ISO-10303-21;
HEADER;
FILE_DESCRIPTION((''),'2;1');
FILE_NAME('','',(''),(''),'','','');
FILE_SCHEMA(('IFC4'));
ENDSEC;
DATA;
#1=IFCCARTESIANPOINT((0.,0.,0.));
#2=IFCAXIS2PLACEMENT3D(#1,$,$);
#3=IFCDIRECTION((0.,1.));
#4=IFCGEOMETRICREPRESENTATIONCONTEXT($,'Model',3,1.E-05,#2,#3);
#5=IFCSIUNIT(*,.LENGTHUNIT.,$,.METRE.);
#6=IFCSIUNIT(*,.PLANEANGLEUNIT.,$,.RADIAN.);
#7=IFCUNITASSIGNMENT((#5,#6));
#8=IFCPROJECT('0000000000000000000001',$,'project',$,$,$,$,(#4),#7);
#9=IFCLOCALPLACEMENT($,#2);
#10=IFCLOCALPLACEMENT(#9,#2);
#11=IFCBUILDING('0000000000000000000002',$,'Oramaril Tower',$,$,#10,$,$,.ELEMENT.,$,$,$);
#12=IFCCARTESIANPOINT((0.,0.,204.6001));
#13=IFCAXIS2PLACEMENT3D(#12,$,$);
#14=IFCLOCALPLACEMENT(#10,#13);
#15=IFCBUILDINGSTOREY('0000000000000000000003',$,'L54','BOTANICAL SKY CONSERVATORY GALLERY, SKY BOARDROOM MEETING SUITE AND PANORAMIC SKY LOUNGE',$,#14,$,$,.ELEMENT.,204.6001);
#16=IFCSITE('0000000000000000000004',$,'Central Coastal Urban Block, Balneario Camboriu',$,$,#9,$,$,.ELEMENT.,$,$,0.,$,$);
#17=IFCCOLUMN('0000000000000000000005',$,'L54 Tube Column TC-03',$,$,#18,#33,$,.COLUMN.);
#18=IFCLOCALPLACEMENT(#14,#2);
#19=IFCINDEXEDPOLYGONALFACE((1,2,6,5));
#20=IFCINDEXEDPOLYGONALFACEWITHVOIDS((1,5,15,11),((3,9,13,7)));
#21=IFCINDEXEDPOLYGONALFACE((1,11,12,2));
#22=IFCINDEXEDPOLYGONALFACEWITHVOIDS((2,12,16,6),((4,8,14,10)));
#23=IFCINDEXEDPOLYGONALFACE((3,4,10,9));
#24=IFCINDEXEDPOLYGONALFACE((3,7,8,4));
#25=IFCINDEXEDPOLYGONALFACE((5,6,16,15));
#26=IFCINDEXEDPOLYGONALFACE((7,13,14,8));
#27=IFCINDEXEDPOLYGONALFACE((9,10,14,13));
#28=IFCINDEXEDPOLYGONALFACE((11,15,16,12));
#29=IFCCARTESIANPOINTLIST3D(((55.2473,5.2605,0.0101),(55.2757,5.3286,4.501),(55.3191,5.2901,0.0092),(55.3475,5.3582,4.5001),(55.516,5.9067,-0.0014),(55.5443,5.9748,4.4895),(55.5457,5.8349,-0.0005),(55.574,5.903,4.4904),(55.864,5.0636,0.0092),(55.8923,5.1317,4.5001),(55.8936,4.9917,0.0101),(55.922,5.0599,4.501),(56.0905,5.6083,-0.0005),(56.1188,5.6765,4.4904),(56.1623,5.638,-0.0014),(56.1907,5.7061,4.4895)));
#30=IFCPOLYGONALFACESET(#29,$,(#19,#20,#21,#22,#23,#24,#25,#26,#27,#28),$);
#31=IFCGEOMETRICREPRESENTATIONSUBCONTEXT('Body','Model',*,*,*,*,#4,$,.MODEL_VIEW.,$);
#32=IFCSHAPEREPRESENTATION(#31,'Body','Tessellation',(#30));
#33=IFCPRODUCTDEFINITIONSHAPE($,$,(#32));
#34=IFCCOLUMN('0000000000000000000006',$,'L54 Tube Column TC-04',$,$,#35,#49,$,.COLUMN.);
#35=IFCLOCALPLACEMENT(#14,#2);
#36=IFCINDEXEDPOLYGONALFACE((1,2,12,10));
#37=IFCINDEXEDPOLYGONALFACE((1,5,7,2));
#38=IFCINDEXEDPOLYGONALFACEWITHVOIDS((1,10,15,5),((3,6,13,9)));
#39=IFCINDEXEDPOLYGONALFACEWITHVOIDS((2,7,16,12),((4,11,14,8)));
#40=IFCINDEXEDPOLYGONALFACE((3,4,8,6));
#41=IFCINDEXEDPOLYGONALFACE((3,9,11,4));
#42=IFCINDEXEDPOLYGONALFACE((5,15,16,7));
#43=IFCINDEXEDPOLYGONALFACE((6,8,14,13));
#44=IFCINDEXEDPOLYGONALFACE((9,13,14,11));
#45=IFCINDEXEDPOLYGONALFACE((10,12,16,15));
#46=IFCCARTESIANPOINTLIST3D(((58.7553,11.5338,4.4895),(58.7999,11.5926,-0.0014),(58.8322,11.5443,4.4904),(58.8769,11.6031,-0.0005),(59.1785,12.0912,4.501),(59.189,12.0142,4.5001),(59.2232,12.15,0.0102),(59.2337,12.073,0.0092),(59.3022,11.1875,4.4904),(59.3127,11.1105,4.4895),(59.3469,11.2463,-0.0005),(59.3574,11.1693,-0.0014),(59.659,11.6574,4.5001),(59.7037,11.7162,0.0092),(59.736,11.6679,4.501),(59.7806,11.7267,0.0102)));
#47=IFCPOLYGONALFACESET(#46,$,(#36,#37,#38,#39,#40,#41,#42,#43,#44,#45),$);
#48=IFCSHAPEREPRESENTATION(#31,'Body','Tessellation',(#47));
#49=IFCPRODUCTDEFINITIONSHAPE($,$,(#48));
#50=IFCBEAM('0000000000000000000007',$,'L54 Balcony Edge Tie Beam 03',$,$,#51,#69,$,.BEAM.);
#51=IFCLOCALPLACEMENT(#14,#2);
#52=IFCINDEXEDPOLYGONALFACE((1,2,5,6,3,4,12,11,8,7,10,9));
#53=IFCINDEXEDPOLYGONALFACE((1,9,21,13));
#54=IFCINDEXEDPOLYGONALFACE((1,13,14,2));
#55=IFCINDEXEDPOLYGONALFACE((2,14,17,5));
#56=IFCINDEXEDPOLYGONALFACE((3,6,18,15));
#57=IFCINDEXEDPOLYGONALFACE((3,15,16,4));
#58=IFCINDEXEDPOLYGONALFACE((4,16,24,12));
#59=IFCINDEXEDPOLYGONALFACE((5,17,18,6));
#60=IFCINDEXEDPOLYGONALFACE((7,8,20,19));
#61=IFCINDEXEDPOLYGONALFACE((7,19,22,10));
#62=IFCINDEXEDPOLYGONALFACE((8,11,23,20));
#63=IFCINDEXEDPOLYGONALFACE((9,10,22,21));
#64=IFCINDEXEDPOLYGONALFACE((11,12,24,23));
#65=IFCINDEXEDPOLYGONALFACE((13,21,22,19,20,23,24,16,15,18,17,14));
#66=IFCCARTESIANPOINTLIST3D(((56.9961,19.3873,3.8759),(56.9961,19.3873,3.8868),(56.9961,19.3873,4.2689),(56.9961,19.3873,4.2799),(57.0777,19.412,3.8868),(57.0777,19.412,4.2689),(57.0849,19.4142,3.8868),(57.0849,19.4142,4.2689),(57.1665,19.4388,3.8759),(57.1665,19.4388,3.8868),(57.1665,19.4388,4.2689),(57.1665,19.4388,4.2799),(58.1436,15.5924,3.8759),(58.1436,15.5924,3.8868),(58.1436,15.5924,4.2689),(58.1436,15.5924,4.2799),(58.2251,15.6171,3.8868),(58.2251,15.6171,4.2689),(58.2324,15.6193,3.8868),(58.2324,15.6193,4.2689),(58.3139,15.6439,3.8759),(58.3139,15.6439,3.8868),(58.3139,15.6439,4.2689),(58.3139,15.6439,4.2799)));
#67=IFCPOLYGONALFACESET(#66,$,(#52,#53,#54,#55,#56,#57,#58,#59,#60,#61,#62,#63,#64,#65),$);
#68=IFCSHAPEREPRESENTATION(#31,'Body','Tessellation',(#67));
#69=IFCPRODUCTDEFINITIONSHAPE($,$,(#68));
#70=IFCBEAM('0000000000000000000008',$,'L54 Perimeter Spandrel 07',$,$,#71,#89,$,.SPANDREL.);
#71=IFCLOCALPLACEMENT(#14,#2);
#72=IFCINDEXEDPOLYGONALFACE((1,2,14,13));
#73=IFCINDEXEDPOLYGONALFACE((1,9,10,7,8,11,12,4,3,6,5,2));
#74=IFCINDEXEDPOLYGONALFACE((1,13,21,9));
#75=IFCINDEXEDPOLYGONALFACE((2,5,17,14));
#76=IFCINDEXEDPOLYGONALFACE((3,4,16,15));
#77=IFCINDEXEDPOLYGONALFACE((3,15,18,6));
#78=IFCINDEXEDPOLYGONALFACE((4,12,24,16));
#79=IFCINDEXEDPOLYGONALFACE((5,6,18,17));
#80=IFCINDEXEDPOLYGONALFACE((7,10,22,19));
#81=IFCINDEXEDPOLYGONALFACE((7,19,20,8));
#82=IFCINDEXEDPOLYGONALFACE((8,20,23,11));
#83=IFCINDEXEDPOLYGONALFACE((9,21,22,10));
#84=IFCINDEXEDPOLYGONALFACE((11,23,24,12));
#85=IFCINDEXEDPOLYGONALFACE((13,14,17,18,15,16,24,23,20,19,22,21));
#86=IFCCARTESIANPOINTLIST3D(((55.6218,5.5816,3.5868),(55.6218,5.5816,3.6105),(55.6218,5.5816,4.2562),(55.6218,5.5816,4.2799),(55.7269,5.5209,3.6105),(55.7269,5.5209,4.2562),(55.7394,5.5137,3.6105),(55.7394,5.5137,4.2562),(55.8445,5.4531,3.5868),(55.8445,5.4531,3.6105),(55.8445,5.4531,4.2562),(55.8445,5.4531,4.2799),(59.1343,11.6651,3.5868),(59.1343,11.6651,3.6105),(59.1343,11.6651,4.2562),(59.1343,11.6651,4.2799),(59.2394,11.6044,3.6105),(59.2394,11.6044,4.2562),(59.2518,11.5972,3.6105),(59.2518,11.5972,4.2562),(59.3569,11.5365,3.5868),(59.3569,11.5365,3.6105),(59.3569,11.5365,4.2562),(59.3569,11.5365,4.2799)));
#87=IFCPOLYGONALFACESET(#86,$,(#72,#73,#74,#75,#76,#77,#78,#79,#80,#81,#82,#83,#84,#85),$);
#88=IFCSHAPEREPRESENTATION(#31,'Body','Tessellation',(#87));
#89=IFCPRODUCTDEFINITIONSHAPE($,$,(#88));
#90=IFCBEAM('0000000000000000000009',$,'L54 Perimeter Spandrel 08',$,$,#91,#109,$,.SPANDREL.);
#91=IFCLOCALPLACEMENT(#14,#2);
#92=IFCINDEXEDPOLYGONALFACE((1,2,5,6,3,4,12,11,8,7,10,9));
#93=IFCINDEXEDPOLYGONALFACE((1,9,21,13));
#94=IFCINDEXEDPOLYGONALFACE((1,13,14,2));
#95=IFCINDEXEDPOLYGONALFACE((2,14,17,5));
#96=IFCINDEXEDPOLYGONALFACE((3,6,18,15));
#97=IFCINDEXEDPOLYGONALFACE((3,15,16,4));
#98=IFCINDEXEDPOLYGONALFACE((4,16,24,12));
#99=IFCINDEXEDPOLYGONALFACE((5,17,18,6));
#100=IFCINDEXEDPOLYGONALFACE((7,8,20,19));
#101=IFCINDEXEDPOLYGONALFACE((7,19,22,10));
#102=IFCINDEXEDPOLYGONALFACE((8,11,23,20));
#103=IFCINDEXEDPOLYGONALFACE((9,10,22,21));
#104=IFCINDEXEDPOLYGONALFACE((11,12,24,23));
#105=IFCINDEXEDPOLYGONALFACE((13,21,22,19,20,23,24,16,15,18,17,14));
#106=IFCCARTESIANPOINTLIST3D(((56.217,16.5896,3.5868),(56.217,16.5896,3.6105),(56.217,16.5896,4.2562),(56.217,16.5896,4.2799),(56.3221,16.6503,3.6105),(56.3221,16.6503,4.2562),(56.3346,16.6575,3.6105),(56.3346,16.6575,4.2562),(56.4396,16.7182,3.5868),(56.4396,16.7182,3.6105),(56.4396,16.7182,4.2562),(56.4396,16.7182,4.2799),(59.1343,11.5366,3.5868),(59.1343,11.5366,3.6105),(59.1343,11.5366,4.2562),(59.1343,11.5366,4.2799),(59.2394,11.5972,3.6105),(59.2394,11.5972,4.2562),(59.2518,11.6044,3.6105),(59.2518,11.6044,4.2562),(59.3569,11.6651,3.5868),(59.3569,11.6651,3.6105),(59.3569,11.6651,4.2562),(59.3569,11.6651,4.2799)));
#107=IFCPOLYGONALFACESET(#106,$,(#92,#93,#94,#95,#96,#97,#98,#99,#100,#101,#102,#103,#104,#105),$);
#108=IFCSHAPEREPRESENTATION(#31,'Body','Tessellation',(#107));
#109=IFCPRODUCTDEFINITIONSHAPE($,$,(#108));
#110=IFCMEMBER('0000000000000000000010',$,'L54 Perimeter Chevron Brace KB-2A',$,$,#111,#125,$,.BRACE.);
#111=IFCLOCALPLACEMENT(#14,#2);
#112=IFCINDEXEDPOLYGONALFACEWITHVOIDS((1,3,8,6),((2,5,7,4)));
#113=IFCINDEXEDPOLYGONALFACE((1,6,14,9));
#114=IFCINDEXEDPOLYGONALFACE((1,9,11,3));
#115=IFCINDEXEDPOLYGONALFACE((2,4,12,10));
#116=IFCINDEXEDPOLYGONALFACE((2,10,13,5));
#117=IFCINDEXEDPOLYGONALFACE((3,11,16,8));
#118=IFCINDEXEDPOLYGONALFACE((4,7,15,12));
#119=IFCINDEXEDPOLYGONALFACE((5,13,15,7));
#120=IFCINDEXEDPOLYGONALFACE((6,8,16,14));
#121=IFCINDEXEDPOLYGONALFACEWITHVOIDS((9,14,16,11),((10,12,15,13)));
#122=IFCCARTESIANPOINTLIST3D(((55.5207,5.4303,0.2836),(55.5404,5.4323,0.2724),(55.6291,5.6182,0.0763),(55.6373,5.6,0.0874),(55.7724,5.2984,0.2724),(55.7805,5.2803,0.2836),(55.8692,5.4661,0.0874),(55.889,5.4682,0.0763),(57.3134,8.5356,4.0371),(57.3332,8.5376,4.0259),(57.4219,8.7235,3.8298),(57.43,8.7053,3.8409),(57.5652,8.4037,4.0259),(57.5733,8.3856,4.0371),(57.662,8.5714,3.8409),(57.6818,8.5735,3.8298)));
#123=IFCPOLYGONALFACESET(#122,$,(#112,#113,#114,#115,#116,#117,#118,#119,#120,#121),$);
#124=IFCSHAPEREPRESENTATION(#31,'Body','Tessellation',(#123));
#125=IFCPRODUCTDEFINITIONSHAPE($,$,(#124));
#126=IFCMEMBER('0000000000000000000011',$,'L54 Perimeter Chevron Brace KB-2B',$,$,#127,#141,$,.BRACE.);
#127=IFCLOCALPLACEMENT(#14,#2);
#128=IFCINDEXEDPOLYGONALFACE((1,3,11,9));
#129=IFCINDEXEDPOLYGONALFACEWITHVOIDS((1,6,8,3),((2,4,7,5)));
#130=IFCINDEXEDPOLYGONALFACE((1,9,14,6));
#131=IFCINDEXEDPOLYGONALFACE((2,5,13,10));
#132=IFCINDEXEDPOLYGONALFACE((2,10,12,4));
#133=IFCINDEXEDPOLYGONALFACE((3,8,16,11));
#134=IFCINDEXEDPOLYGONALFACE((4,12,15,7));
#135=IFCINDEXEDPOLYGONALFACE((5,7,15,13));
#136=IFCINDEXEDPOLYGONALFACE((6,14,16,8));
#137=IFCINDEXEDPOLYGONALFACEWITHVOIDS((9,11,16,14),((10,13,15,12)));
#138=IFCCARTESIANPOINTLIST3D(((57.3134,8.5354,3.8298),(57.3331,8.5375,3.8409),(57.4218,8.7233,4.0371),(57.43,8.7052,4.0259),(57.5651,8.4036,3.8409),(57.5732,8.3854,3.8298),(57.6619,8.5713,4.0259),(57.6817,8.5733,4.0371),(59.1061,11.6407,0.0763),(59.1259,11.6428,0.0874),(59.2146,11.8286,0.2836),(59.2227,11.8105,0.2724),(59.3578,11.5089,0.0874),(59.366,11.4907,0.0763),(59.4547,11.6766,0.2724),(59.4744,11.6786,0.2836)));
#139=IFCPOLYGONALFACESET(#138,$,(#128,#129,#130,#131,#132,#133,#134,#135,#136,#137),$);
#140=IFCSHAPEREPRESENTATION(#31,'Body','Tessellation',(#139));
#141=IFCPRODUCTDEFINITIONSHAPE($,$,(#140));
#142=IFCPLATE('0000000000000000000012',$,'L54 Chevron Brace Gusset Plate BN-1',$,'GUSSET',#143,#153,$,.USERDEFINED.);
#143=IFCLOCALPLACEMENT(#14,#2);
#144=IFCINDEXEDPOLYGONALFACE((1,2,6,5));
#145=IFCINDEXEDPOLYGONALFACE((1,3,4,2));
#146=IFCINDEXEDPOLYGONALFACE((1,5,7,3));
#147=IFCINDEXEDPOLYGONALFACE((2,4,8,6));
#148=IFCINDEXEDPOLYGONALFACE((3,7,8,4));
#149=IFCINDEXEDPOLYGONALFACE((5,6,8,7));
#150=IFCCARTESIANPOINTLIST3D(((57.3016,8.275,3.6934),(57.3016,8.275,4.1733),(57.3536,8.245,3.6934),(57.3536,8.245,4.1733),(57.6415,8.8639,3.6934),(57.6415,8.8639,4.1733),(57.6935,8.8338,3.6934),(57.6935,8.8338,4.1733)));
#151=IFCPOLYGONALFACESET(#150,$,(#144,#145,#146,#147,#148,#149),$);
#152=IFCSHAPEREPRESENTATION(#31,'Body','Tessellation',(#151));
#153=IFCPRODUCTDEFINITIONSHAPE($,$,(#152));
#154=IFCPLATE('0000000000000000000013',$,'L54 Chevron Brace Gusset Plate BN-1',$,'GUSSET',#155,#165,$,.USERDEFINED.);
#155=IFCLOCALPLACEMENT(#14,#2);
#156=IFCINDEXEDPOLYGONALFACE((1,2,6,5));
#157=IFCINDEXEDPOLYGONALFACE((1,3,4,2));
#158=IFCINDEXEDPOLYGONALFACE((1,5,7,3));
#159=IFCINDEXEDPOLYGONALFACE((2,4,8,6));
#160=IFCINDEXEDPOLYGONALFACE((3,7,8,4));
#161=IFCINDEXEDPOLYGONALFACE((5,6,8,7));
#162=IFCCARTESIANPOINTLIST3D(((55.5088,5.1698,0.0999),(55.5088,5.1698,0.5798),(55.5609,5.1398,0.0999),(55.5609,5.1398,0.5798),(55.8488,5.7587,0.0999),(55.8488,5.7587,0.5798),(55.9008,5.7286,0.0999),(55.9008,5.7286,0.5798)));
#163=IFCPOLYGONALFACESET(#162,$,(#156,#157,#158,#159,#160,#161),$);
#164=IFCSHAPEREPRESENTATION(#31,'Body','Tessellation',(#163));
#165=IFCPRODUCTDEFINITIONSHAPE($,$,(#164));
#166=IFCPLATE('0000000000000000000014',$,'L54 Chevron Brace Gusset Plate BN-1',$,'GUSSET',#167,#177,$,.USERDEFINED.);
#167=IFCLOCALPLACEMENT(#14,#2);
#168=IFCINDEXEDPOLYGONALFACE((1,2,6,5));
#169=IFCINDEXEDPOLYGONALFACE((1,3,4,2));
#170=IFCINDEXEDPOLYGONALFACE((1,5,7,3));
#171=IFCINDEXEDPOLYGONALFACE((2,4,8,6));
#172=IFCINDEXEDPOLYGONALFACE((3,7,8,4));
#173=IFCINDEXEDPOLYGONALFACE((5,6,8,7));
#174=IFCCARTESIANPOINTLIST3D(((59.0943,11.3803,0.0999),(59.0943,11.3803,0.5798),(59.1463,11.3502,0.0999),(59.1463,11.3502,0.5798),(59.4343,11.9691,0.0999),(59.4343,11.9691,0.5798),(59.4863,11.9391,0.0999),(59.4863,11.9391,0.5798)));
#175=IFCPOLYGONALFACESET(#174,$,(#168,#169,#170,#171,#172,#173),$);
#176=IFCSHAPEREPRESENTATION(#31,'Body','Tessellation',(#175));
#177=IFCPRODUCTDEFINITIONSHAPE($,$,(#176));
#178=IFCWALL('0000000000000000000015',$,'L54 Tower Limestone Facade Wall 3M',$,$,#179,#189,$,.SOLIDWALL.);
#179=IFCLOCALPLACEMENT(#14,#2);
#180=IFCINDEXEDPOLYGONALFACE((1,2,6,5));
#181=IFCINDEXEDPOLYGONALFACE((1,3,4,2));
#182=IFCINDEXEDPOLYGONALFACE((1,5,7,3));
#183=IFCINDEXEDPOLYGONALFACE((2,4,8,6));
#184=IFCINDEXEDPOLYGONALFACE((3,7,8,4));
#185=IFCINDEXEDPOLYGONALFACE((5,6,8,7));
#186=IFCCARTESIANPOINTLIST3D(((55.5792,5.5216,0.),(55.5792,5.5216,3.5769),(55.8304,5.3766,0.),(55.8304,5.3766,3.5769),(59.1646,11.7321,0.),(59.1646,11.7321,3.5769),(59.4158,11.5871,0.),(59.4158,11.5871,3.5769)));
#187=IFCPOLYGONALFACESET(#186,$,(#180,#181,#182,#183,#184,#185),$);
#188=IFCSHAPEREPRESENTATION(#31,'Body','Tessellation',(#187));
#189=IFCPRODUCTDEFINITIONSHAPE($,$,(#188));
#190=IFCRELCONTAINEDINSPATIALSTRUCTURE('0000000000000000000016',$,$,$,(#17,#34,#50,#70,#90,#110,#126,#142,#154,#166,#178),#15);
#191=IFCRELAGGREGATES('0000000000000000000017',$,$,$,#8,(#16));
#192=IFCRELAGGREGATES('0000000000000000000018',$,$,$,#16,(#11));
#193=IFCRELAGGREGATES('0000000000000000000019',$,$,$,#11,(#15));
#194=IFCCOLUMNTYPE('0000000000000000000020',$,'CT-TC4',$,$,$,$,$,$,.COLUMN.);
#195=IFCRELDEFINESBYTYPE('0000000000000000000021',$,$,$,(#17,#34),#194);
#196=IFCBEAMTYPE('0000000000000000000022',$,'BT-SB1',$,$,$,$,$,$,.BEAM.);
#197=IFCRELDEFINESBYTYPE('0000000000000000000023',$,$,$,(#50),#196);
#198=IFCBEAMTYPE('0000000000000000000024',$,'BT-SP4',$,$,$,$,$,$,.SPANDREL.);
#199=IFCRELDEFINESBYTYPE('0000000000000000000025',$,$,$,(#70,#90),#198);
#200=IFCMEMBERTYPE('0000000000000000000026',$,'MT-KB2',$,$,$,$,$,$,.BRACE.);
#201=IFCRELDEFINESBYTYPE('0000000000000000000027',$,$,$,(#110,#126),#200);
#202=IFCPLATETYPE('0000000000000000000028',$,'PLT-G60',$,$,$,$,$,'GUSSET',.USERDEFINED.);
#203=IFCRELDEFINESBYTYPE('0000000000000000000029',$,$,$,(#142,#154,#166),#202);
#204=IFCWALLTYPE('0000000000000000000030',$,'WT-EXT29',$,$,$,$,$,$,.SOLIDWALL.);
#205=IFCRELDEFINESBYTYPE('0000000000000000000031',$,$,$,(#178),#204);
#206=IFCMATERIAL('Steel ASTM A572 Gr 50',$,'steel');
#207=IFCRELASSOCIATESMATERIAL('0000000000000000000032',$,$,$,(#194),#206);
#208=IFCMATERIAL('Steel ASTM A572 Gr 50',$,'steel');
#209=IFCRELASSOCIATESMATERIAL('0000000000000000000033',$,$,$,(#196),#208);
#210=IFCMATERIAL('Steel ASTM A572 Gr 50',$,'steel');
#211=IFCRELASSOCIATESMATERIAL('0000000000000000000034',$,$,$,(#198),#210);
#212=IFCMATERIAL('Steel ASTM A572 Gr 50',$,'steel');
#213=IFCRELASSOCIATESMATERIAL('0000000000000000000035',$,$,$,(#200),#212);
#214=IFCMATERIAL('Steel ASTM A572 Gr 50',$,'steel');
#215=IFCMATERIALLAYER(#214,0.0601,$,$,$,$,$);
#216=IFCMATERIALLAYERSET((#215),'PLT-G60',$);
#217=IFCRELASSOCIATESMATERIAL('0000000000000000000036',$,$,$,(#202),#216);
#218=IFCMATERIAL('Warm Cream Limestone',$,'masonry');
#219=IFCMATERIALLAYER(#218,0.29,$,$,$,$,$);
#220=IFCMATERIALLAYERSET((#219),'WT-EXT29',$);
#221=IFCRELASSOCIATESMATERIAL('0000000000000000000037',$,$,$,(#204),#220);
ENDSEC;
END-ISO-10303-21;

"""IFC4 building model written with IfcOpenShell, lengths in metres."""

from ifc_helpers import new_model, si_unit, direction, frame, frame_2d, origin, origin_2d, place, context, subcontext, project, spatial, rectangle, hollow_rectangle, i_section, extrude, material, layer, layer_set, material_profile, profile_set, type_object, element, save


model = new_model("IFC4")

# Units and contexts
model_context = context("Model", 3, precision=1e-05, world=origin(), true_north=direction((0.0, 1.0)))
body_context = subcontext(model_context, "Body", "Model", "MODEL_VIEW")
ifc_project = project(units=[si_unit("LENGTHUNIT", "METRE"), si_unit("PLANEANGLEUNIT", "RADIAN")], contexts=[model_context])

# Site, building, storey
site_placement = place(None, origin())
site = spatial("IfcSite", under=ifc_project, at=site_placement, Name="Central Coastal Urban Block, Balneario Camboriu", CompositionType="ELEMENT", RefElevation=0.0)
building_placement = place(site_placement, origin())
building = spatial("IfcBuilding", under=site, at=building_placement, Name="Oramaril Tower", CompositionType="ELEMENT")
storey_placement = place(building_placement, frame((0.0, 0.0, 204.6001)))
storey = spatial("IfcBuildingStorey", under=building, at=storey_placement, Name="L54", Description="BOTANICAL SKY CONSERVATORY GALLERY, SKY BOARDROOM MEETING SUITE AND PANORAMIC SKY LOUNGE", CompositionType="ELEMENT", Elevation=204.6001)

# Columns
ifc_material_1 = material(Name="Steel ASTM A572 Gr 50", Category="steel")
ifc_material_profile_1 = material_profile(ifc_material_1, hollow_rectangle(XDim=0.7, YDim=0.7, WallThickness=0.0549, at=origin_2d()), Name="BOX700X700X55")
ifc_profile_set_1 = profile_set([ifc_material_profile_1], Name="Steel ASTM A572 Gr 50")
column_type = type_object("IfcColumnType", Name="CT-TC4", PredefinedType="COLUMN", material=ifc_profile_set_1)
for number, where, z_axis, x_axis, name in (
    (1, (55.7048, 5.4492, 0.0044), (0.006305, 0.015165, 0.999865), (-0.92337, 0.38391, 0.0), "L54 Tube Column TC-03"),
    (2, (59.2903, 11.6597, 0.0044), (-0.009947, -0.0131, 0.999865), (0.796417, -0.604748, 0.0), "L54 Tube Column TC-04"),
):
    element("IfcColumn", number, at=place(storey_placement, frame(where, z_axis=z_axis, x_axis=x_axis)), inside=storey, type_object=column_type, Name=name, PredefinedType="COLUMN", context=body_context, shape_type="SweptSolid", body=[
        extrude(hollow_rectangle(XDim=0.7, YDim=0.7, WallThickness=0.0549, at=origin_2d()), origin(), (0.0, 0.0, 1.0), 4.4915),
    ])

# Beams
ifc_material_2 = material(Name="Steel ASTM A572 Gr 50", Category="steel")
ifc_material_profile_2 = material_profile(ifc_material_2, i_section(OverallWidth=0.178, OverallDepth=0.4041, WebThickness=0.0076, FlangeThickness=0.011, at=origin_2d()), Name="W16X36")
ifc_profile_set_2 = profile_set([ifc_material_profile_2], Name="Steel ASTM A572 Gr 50")
beam_type_1 = type_object("IfcBeamType", Name="BT-SB1", PredefinedType="BEAM", material=ifc_profile_set_2)
beam_1_placement = place(storey_placement, frame((58.2288, 15.6182, 4.0779), z_axis=(-0.289426, 0.9572, 0.0), x_axis=(-0.9572, -0.289426, 0.0)))
element("IfcBeam", 3, at=beam_1_placement, inside=storey, type_object=beam_type_1, Name="L54 Balcony Edge Tie Beam 03", PredefinedType="BEAM", context=body_context, shape_type="SweptSolid", body=[
    extrude(i_section(OverallWidth=0.178, OverallDepth=0.4041, WebThickness=0.0076, FlangeThickness=0.011, at=origin_2d()), origin(), (0.0, 0.0, 1.0), 3.9646),
])
ifc_material_3 = material(Name="Steel ASTM A572 Gr 50", Category="steel")
ifc_material_profile_3 = material_profile(ifc_material_3, i_section(OverallWidth=0.2571, OverallDepth=0.6931, WebThickness=0.0144, FlangeThickness=0.0237, at=origin_2d()), Name="W27X114")
ifc_profile_set_3 = profile_set([ifc_material_profile_3], Name="Steel ASTM A572 Gr 50")
beam_type_2 = type_object("IfcBeamType", Name="BT-SP4", PredefinedType="SPANDREL", material=ifc_profile_set_3)
beam_2_placement = place(storey_placement, frame((55.7332, 5.5173, 3.9333), z_axis=(0.500015, 0.866017, 0.0), x_axis=(-0.866017, 0.500015, 0.0)))
element("IfcBeam", 4, at=beam_2_placement, inside=storey, type_object=beam_type_2, Name="L54 Perimeter Spandrel 07", PredefinedType="SPANDREL", context=body_context, shape_type="SweptSolid", body=[
    extrude(i_section(OverallWidth=0.2571, OverallDepth=0.6931, WebThickness=0.0144, FlangeThickness=0.0237, at=origin_2d()), origin(), (0.0, 0.0, 1.0), 7.0247),
])
beam_3_placement = place(storey_placement, frame((59.2456, 11.6008, 3.9333), z_axis=(-0.499987, 0.866033, 0.0), x_axis=(-0.866033, -0.499987, 0.0)))
element("IfcBeam", 5, at=beam_3_placement, inside=storey, type_object=beam_type_2, Name="L54 Perimeter Spandrel 08", PredefinedType="SPANDREL", context=body_context, shape_type="SweptSolid", body=[
    extrude(i_section(OverallWidth=0.2571, OverallDepth=0.6931, WebThickness=0.0144, FlangeThickness=0.0237, at=origin_2d()), origin(), (0.0, 0.0, 1.0), 5.8347),
])

# Members
ifc_material_4 = material(Name="Steel ASTM A572 Gr 50", Category="steel")
ifc_material_profile_4 = material_profile(ifc_material_4, hollow_rectangle(XDim=0.3, YDim=0.3, WallThickness=0.0161, at=origin_2d()), Name="HSS300X300X16")
ifc_profile_set_4 = profile_set([ifc_material_profile_4], Name="Steel ASTM A572 Gr 50")
member_type = type_object("IfcMemberType", Name="MT-KB2", PredefinedType="BRACE", material=ifc_profile_set_4)
for number, where, z_axis, x_axis, name in (
    (6, (55.7048, 5.4492, 0.1799), (0.345366, 0.598217, 0.72309), (-0.866035, 0.499984, 0.0), "L54 Perimeter Chevron Brace KB-2A"),
    (7, (59.2903, 11.6597, 0.1799), (-0.345366, -0.598217, 0.72309), (0.866035, -0.499984, 0.0), "L54 Perimeter Chevron Brace KB-2B"),
):
    element("IfcMember", number, at=place(storey_placement, frame(where, z_axis=z_axis, x_axis=x_axis)), inside=storey, type_object=member_type, Name=name, PredefinedType="BRACE", context=body_context, shape_type="SweptSolid", body=[
        extrude(hollow_rectangle(XDim=0.3, YDim=0.3, WallThickness=0.0161, at=origin_2d()), origin(), (0.0, 0.0, 1.0), 5.1909),
    ])

# Plates
ifc_material_5 = material(Name="Steel ASTM A572 Gr 50", Category="steel")
ifc_layer_1 = layer(ifc_material_5, 0.0601)
ifc_layer_set_1 = layer_set([ifc_layer_1], Name="PLT-G60")
plate_type = type_object("IfcPlateType", Name="PLT-G60", ElementType="GUSSET", PredefinedType="USERDEFINED", material=ifc_layer_set_1)
for number, where, z_axis, x_axis, name in (
    (8, (57.4976, 8.5544, 3.6934), (0.0, 0.0, 1.0), (0.499998, 0.866026, 0.0), "L54 Chevron Brace Gusset Plate BN-1"),
    (9, (55.7048, 5.4492, 0.0999), (0.0, 0.0, 1.0), (0.499998, 0.866026, 0.0), "L54 Chevron Brace Gusset Plate BN-1"),
    (10, (59.2903, 11.6597, 0.0999), (0.0, 0.0, 1.0), (0.499998, 0.866026, 0.0), "L54 Chevron Brace Gusset Plate BN-1"),
):
    element("IfcPlate", number, at=place(storey_placement, frame(where, z_axis=z_axis, x_axis=x_axis)), inside=storey, type_object=plate_type, Name=name, ObjectType="GUSSET", PredefinedType="USERDEFINED", context=body_context, shape_type="SweptSolid", body=[
        extrude(rectangle(XDim=0.6799, YDim=0.0601, at=origin_2d()), origin(), (0.0, 0.0, 1.0), 0.48),
    ])

# Wall
ifc_material_6 = material(Name="Warm Cream Limestone", Category="masonry")
ifc_layer_2 = layer(ifc_material_6, 0.29)
ifc_layer_set_2 = layer_set([ifc_layer_2], Name="WT-EXT29")
wall_type = type_object("IfcWallType", Name="WT-EXT29", PredefinedType="SOLIDWALL", material=ifc_layer_set_2)
wall_1_placement = place(storey_placement, frame((55.7048, 5.4492, 0.0), z_axis=(0.0, 0.0, 1.0), x_axis=(0.499984, 0.866035, 0.0)))
element("IfcWall", 11, at=wall_1_placement, inside=storey, type_object=wall_type, Name="L54 Tower Limestone Facade Wall 3M", PredefinedType="SOLIDWALL", context=body_context, shape_type="SweptSolid", body=[
    extrude(rectangle(XDim=7.1711, YDim=0.29, at=frame_2d((3.5854, 0.0))), origin(), (0.0, 0.0, 1.0), 3.5769),
])

save(model, "model.ifc")
